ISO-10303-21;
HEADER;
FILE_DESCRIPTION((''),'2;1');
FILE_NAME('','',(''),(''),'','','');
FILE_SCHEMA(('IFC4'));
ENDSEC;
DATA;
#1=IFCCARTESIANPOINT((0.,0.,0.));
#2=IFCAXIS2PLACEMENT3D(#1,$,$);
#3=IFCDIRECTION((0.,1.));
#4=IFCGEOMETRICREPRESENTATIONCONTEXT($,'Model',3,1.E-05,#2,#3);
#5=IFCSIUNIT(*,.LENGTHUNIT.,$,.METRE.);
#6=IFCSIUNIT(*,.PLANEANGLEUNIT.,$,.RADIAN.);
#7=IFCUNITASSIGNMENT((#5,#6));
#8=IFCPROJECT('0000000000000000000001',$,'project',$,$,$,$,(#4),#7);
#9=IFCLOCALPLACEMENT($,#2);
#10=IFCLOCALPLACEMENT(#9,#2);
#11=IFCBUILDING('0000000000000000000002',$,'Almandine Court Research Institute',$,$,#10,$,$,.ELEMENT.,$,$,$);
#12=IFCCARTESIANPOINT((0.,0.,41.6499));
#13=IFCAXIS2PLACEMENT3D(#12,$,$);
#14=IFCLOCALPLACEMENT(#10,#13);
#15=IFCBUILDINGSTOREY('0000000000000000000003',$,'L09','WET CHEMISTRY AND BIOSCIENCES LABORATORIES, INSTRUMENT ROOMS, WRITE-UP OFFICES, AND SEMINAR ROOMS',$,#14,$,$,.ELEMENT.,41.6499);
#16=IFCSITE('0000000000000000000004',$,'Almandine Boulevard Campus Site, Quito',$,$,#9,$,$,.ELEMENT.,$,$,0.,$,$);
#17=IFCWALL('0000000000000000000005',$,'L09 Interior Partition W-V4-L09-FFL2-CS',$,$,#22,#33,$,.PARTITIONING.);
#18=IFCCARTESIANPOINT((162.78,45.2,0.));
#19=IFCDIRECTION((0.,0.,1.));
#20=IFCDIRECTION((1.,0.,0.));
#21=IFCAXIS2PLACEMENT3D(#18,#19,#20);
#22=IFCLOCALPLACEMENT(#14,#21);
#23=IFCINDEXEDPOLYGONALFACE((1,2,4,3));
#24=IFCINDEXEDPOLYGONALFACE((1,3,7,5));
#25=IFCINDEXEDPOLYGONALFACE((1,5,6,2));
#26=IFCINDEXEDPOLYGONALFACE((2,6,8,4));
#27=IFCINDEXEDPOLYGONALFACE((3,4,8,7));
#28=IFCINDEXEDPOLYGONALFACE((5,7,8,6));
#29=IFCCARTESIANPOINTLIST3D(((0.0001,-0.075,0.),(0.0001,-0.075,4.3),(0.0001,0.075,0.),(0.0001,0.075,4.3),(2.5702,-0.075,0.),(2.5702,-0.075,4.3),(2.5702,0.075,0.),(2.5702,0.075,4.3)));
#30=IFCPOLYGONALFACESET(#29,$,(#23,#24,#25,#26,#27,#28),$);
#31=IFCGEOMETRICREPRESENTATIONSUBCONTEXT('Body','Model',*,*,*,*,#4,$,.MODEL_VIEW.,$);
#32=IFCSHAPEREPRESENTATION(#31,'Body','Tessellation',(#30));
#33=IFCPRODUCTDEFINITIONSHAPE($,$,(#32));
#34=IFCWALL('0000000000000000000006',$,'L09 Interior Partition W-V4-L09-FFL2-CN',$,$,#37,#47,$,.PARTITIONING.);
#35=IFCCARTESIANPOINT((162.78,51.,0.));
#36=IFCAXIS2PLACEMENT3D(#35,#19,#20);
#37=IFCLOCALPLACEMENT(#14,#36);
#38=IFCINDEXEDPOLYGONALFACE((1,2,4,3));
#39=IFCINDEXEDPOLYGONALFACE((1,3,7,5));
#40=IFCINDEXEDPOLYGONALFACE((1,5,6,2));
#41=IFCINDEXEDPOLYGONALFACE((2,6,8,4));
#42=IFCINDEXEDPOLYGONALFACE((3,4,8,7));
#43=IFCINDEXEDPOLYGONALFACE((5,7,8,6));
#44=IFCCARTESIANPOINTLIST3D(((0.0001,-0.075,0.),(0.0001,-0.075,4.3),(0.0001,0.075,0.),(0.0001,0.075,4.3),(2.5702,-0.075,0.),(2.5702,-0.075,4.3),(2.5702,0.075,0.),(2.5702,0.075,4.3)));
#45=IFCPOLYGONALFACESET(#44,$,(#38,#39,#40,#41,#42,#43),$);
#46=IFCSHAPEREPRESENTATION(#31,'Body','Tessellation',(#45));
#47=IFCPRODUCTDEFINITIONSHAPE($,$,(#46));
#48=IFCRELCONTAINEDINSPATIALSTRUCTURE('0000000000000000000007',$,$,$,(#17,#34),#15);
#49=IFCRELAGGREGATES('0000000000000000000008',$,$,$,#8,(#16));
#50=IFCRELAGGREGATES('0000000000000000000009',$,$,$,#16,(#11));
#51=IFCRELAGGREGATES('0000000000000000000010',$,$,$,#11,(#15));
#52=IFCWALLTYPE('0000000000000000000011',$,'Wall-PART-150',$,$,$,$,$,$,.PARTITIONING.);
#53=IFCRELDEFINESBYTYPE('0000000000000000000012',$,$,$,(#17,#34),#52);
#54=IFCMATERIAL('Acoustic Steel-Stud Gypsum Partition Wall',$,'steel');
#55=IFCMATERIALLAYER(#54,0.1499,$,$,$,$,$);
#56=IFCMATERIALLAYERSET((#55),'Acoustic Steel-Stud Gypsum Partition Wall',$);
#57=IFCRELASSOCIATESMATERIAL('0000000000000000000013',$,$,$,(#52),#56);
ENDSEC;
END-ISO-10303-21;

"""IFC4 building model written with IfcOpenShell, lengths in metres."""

from ifc_helpers import new_model, si_unit, direction, frame, frame_2d, origin, place, context, subcontext, project, spatial, rectangle, extrude, material, layer, layer_set, type_object, element, save


model = new_model("IFC4")

# Units and contexts
model_context = context("Model", 3, precision=1e-05, world=origin(), true_north=direction((0.0, 1.0)))
body_context = subcontext(model_context, "Body", "Model", "MODEL_VIEW")
ifc_project = project(units=[si_unit("LENGTHUNIT", "METRE"), si_unit("PLANEANGLEUNIT", "RADIAN")], contexts=[model_context])

# Site, building, storey
site_placement = place(None, origin())
site = spatial("IfcSite", under=ifc_project, at=site_placement, Name="Almandine Boulevard Campus Site, Quito", CompositionType="ELEMENT", RefElevation=0.0)
building_placement = place(site_placement, origin())
building = spatial("IfcBuilding", under=site, at=building_placement, Name="Almandine Court Research Institute", CompositionType="ELEMENT")
storey_placement = place(building_placement, frame((0.0, 0.0, 41.6499)))
storey = spatial("IfcBuildingStorey", under=building, at=storey_placement, Name="L09", Description="WET CHEMISTRY AND BIOSCIENCES LABORATORIES, INSTRUMENT ROOMS, WRITE-UP OFFICES, AND SEMINAR ROOMS", CompositionType="ELEMENT", Elevation=41.6499)

# Shared definitions
ifc_material_1 = material(Name="Acoustic Steel-Stud Gypsum Partition Wall", Category="steel")
ifc_layer_1 = layer(ifc_material_1, 0.1499)
ifc_layer_set_1 = layer_set([ifc_layer_1], Name="Acoustic Steel-Stud Gypsum Partition Wall")
wall_type_1 = type_object("IfcWallType", Name="Wall-PART-150", PredefinedType="PARTITIONING", material=ifc_layer_set_1)

# Walls
for number, where, z_axis, x_axis, name in (
    (1, (162.78, 45.2, 0.0), (0.0, 0.0, 1.0), (1.0, 0.0, 0.0), "L09 Interior Partition W-V4-L09-FFL2-CS"),
    (2, (162.78, 51.0, 0.0), (0.0, 0.0, 1.0), (1.0, 0.0, 0.0), "L09 Interior Partition W-V4-L09-FFL2-CN"),
):
    element("IfcWall", number, at=place(storey_placement, frame(where, z_axis=z_axis, x_axis=x_axis)), inside=storey, type_object=wall_type_1, Name=name, PredefinedType="PARTITIONING", context=body_context, shape_type="SweptSolid", body=[
        extrude(rectangle(XDim=2.5701, YDim=0.1499, at=frame_2d((1.2852, 0.0))), origin(), (0.0, 0.0, 1.0), 4.3),
    ])

save(model, "model.ifc")
